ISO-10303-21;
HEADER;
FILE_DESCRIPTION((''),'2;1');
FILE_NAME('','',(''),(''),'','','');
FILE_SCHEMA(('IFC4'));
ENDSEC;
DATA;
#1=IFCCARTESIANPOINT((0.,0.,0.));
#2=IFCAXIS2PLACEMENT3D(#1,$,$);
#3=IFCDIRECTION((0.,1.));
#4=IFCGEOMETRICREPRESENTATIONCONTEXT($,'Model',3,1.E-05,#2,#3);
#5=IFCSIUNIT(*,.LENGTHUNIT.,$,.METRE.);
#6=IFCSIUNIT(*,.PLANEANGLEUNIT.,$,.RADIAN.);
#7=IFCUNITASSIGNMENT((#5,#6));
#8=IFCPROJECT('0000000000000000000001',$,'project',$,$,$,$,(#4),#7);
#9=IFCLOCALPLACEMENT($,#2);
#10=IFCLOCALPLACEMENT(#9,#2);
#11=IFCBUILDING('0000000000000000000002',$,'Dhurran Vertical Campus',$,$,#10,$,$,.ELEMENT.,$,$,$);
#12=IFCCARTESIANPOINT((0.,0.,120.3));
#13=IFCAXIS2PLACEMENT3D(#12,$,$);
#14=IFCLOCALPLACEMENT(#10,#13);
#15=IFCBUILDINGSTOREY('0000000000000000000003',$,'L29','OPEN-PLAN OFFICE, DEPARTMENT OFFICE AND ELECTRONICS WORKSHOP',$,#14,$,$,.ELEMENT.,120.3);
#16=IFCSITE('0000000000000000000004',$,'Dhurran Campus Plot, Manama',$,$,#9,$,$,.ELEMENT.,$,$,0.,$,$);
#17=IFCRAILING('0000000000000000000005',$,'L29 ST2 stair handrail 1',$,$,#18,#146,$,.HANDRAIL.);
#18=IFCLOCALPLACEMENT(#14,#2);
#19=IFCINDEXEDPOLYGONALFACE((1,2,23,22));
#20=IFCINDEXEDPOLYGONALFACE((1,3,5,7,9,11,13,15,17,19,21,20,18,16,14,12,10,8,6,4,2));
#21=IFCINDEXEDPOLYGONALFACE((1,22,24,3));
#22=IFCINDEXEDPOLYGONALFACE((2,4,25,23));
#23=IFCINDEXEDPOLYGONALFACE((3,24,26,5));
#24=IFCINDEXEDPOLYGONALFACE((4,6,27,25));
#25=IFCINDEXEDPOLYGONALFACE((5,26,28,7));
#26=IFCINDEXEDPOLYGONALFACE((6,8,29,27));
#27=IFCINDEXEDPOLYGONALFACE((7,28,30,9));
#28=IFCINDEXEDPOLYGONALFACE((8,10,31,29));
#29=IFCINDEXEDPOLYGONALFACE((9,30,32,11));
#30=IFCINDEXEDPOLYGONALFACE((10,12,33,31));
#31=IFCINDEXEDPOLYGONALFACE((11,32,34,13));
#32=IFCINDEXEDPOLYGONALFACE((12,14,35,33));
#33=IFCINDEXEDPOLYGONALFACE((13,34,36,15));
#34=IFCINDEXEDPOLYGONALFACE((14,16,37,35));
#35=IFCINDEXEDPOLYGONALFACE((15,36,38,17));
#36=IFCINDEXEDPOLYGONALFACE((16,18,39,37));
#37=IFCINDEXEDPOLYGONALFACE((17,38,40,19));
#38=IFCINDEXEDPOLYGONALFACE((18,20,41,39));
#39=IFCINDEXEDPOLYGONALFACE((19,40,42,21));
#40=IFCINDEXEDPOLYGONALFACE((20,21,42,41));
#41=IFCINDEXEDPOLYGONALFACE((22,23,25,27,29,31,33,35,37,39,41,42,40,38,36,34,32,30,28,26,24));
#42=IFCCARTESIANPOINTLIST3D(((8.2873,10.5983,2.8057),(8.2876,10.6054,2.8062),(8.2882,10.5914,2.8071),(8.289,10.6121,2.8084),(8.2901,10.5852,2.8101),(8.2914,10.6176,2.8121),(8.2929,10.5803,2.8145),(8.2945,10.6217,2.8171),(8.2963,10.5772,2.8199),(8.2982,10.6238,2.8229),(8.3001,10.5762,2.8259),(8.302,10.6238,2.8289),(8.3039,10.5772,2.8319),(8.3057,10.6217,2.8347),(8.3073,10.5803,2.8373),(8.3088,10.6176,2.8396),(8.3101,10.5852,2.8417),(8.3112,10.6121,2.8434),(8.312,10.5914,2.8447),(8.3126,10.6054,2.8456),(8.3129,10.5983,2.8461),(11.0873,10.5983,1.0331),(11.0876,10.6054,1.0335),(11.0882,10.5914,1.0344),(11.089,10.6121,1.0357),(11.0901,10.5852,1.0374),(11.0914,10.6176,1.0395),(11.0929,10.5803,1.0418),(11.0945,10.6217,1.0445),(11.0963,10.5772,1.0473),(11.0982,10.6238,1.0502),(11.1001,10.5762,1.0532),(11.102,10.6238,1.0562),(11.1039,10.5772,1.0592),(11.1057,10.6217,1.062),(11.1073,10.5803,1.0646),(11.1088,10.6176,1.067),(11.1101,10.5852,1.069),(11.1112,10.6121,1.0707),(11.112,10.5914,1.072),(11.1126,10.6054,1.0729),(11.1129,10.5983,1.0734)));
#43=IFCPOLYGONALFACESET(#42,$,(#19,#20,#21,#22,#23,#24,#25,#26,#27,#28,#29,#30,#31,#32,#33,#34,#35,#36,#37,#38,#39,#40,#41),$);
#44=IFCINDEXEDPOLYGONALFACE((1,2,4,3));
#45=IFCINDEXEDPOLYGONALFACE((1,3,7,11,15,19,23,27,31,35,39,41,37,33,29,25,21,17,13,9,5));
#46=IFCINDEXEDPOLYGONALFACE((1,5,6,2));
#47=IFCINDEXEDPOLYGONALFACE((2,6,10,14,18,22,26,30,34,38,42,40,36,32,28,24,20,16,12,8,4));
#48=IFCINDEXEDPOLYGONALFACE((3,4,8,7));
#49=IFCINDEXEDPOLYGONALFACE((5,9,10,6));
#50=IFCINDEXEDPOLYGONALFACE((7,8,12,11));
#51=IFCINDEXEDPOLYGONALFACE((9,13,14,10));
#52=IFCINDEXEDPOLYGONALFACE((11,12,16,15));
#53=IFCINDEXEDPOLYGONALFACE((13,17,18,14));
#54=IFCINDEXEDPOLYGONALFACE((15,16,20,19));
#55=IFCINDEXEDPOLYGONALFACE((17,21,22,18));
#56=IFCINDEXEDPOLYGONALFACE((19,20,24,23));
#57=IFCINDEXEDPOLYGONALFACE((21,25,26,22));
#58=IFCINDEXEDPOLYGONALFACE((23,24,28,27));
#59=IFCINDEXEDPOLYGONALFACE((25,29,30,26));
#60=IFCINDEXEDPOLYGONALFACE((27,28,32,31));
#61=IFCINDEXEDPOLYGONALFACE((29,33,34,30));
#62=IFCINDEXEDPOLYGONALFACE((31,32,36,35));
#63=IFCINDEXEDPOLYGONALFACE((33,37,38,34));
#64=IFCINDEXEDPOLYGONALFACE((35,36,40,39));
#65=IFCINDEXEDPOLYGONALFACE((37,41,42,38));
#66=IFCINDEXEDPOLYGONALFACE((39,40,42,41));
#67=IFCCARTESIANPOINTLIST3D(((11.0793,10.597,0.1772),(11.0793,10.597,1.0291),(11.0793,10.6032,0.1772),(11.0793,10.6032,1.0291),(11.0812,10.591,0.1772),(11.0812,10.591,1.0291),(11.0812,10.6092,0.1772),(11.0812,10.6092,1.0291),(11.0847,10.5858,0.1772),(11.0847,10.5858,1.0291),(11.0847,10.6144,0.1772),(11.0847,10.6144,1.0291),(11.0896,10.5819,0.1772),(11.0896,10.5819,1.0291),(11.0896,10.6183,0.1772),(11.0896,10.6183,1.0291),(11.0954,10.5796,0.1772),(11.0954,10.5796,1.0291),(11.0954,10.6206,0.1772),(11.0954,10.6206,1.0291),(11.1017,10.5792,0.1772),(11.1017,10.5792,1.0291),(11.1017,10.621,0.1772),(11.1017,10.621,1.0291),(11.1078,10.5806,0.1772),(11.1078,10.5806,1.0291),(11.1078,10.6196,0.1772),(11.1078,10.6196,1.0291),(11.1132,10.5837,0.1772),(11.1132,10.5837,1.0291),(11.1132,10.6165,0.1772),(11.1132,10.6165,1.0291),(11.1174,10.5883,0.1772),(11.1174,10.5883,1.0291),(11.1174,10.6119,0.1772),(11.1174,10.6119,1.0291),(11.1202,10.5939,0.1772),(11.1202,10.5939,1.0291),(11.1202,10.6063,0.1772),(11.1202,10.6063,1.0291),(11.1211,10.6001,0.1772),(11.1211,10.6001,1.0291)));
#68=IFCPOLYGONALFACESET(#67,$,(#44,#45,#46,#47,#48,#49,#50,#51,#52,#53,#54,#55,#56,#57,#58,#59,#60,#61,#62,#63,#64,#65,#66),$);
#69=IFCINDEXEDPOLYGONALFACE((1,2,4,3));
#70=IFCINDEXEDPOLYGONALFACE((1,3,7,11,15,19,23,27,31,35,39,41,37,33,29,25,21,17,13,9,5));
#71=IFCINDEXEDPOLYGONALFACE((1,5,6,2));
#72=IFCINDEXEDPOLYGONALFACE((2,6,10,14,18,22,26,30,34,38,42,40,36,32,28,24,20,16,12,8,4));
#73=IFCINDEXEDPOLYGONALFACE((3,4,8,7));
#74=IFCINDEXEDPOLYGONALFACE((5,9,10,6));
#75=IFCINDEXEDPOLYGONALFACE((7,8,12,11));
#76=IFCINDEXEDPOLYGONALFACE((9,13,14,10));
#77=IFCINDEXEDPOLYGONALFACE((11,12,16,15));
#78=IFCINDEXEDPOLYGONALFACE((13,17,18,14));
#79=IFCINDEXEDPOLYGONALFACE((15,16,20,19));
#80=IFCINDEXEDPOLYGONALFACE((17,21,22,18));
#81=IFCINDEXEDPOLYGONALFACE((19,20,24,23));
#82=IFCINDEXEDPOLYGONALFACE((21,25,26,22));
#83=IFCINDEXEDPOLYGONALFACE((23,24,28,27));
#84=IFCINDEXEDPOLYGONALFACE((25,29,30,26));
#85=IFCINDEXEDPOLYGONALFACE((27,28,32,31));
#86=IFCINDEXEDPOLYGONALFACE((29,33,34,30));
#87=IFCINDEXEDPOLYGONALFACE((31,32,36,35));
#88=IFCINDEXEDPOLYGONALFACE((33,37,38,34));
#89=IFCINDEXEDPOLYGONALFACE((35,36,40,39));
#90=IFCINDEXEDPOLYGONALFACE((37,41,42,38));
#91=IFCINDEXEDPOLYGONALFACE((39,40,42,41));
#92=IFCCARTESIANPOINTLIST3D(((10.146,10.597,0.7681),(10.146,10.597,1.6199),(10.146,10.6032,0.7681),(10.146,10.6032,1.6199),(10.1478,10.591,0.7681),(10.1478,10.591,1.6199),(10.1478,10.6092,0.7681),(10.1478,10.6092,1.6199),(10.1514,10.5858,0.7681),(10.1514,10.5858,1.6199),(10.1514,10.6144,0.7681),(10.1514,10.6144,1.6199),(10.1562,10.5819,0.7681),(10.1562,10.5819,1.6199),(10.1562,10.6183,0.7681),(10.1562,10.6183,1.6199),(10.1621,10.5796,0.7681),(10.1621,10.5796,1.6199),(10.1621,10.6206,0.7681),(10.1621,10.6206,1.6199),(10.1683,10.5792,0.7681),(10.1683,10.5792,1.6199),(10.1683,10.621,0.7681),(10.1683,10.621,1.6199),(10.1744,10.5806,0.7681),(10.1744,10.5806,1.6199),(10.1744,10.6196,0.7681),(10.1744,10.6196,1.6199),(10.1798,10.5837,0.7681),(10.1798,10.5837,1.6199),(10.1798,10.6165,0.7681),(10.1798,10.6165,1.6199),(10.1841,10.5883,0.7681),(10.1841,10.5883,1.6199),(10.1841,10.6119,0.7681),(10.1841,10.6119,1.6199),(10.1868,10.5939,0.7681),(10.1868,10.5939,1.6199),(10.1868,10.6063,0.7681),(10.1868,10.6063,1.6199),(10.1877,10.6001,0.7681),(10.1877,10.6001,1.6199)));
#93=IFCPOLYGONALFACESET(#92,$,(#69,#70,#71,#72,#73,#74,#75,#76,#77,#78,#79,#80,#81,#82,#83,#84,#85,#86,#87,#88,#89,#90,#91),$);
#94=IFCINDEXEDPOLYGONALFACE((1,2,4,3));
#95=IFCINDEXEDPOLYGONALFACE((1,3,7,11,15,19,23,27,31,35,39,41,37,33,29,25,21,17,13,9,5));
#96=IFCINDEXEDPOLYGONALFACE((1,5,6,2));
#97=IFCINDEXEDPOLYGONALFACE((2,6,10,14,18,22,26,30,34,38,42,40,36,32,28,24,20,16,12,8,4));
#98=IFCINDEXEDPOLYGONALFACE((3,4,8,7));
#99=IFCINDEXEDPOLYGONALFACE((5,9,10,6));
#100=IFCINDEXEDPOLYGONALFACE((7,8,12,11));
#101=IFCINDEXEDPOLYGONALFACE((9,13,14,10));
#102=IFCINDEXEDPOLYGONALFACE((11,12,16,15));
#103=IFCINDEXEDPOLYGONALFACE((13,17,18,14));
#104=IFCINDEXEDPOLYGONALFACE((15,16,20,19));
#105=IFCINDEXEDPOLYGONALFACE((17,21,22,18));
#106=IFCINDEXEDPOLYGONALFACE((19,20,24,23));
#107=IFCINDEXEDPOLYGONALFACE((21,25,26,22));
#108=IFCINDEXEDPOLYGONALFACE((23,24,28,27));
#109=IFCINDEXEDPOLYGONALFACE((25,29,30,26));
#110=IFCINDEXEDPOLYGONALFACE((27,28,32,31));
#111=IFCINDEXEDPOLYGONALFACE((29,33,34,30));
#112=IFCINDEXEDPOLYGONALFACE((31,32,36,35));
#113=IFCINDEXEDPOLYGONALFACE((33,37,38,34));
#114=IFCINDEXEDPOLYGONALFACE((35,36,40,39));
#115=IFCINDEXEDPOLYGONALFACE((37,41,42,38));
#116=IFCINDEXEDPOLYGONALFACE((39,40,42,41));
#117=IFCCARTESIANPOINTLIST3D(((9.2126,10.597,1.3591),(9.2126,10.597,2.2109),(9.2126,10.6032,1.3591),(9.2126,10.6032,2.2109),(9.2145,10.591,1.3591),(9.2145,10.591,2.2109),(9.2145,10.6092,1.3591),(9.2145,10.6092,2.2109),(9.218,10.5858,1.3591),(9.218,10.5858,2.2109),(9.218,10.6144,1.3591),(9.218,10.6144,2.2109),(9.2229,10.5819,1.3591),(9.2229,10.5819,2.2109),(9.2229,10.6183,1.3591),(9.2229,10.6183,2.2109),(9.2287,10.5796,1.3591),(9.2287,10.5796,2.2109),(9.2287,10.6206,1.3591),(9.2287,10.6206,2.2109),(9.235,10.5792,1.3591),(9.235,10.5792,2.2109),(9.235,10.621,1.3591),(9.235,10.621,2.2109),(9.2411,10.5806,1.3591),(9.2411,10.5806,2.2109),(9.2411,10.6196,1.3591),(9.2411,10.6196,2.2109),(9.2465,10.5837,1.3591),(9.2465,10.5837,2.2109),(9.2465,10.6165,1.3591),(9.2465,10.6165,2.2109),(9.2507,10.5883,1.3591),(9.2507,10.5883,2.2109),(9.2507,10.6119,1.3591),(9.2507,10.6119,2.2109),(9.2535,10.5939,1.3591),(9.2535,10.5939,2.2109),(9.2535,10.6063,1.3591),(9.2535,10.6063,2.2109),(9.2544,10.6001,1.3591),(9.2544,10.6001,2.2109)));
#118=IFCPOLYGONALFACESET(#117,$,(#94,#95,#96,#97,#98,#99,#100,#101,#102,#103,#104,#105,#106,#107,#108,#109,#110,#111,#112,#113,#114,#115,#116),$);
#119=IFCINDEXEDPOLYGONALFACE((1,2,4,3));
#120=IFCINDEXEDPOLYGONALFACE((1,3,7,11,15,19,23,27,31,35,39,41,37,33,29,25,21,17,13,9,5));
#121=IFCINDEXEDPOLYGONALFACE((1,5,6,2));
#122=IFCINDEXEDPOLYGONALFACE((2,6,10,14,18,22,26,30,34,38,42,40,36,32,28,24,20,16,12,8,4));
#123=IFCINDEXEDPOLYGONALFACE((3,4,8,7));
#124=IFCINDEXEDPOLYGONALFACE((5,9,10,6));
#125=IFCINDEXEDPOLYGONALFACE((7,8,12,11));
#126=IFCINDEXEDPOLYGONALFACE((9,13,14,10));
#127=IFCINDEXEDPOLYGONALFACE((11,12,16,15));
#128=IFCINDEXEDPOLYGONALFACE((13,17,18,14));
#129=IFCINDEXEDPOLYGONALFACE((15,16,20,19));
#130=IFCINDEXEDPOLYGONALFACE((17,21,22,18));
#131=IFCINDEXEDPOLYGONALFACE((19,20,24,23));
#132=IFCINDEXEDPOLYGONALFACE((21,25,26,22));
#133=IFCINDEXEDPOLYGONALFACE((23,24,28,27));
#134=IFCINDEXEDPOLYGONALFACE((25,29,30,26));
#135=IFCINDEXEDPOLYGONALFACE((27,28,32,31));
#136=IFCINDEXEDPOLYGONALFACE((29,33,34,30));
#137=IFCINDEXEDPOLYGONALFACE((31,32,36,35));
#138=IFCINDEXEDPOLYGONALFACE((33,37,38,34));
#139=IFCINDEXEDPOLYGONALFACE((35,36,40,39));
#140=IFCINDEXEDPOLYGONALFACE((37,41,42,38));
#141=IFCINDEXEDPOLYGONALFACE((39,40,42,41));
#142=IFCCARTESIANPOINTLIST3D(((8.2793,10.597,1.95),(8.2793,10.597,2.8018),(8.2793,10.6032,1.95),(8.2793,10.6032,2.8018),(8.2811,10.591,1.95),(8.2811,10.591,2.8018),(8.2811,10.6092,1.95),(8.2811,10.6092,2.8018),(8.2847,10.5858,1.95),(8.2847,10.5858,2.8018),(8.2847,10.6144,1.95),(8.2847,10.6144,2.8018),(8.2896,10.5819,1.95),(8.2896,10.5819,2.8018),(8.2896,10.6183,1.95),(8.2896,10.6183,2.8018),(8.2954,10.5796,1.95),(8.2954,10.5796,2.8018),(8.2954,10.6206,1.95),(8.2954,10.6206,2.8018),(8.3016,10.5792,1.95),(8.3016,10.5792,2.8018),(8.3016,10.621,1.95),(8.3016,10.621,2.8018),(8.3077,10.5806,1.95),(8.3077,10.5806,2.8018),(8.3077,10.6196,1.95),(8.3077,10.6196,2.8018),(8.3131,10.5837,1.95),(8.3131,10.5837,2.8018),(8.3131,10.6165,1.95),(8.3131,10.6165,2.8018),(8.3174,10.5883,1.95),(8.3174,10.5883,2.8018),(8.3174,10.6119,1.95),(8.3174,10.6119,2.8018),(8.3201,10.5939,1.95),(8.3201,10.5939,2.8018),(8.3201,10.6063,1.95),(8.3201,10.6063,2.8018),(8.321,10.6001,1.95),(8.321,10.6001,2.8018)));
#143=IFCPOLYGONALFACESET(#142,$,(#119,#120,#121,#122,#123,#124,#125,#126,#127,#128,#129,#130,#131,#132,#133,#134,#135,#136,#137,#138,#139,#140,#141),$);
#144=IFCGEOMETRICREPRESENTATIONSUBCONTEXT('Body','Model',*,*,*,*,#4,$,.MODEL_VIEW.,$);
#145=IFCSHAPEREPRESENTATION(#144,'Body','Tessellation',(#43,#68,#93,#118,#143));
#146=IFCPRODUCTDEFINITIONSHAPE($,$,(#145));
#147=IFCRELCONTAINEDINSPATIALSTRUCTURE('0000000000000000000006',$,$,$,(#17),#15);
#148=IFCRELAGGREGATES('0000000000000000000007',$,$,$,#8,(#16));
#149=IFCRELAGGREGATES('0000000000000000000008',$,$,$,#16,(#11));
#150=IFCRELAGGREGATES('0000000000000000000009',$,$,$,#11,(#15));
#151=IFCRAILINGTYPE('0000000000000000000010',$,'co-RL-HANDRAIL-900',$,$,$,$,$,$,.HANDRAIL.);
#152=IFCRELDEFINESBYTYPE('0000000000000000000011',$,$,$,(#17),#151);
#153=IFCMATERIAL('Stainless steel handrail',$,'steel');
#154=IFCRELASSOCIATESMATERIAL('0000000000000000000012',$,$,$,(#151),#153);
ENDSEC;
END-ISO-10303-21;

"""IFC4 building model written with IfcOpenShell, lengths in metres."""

from ifc_helpers import new_model, si_unit, direction, frame, origin, origin_2d, place, context, subcontext, project, spatial, circle, extrude, material, type_object, element, save


model = new_model("IFC4")

# Units and contexts
model_context = context("Model", 3, precision=1e-05, world=origin(), true_north=direction((0.0, 1.0)))
body_context = subcontext(model_context, "Body", "Model", "MODEL_VIEW")
ifc_project = project(units=[si_unit("LENGTHUNIT", "METRE"), si_unit("PLANEANGLEUNIT", "RADIAN")], contexts=[model_context])

# Site, building, storey
site_placement = place(None, origin())
site = spatial("IfcSite", under=ifc_project, at=site_placement, Name="Dhurran Campus Plot, Manama", CompositionType="ELEMENT", RefElevation=0.0)
building_placement = place(site_placement, origin())
building = spatial("IfcBuilding", under=site, at=building_placement, Name="Dhurran Vertical Campus", CompositionType="ELEMENT")
storey_placement = place(building_placement, frame((0.0, 0.0, 120.3)))
storey = spatial("IfcBuildingStorey", under=building, at=storey_placement, Name="L29", Description="OPEN-PLAN OFFICE, DEPARTMENT OFFICE AND ELECTRONICS WORKSHOP", CompositionType="ELEMENT", Elevation=120.3)

# Railing
ifc_material_1 = material(Name="Stainless steel handrail", Category="steel")
railing_type_1 = type_object("IfcRailingType", Name="co-RL-HANDRAIL-900", PredefinedType="HANDRAIL", material=ifc_material_1)
railing_1_placement = place(storey_placement, frame((11.1001, 10.6001, 0.1772)))
element("IfcRailing", 1, at=railing_1_placement, inside=storey, type_object=railing_type_1, Name="L29 ST2 stair handrail 1", PredefinedType="HANDRAIL", context=body_context, shape_type="SweptSolid", body=[
    extrude(circle(Radius=0.0239, at=origin_2d()), frame((0.0, 0.0, 0.876), z_axis=(-0.844909, 0.0, 0.53491), x_axis=(0.0, -1.0, 0.0)), (0.0, 0.0, 1.0), 3.314),
    extrude(circle(Radius=0.021, at=origin_2d()), origin(), (0.0, 0.0, 1.0), 0.8518),
    extrude(circle(Radius=0.021, at=origin_2d()), frame((-0.9333, 0.0, 0.5908)), (0.0, 0.0, 1.0), 0.8518),
    extrude(circle(Radius=0.021, at=origin_2d()), frame((-1.8667, 0.0, 1.1819)), (0.0, 0.0, 1.0), 0.8518),
    extrude(circle(Radius=0.021, at=origin_2d()), frame((-2.8, 0.0, 1.7727)), (0.0, 0.0, 1.0), 0.8518),
])

save(model, "model.ifc")
